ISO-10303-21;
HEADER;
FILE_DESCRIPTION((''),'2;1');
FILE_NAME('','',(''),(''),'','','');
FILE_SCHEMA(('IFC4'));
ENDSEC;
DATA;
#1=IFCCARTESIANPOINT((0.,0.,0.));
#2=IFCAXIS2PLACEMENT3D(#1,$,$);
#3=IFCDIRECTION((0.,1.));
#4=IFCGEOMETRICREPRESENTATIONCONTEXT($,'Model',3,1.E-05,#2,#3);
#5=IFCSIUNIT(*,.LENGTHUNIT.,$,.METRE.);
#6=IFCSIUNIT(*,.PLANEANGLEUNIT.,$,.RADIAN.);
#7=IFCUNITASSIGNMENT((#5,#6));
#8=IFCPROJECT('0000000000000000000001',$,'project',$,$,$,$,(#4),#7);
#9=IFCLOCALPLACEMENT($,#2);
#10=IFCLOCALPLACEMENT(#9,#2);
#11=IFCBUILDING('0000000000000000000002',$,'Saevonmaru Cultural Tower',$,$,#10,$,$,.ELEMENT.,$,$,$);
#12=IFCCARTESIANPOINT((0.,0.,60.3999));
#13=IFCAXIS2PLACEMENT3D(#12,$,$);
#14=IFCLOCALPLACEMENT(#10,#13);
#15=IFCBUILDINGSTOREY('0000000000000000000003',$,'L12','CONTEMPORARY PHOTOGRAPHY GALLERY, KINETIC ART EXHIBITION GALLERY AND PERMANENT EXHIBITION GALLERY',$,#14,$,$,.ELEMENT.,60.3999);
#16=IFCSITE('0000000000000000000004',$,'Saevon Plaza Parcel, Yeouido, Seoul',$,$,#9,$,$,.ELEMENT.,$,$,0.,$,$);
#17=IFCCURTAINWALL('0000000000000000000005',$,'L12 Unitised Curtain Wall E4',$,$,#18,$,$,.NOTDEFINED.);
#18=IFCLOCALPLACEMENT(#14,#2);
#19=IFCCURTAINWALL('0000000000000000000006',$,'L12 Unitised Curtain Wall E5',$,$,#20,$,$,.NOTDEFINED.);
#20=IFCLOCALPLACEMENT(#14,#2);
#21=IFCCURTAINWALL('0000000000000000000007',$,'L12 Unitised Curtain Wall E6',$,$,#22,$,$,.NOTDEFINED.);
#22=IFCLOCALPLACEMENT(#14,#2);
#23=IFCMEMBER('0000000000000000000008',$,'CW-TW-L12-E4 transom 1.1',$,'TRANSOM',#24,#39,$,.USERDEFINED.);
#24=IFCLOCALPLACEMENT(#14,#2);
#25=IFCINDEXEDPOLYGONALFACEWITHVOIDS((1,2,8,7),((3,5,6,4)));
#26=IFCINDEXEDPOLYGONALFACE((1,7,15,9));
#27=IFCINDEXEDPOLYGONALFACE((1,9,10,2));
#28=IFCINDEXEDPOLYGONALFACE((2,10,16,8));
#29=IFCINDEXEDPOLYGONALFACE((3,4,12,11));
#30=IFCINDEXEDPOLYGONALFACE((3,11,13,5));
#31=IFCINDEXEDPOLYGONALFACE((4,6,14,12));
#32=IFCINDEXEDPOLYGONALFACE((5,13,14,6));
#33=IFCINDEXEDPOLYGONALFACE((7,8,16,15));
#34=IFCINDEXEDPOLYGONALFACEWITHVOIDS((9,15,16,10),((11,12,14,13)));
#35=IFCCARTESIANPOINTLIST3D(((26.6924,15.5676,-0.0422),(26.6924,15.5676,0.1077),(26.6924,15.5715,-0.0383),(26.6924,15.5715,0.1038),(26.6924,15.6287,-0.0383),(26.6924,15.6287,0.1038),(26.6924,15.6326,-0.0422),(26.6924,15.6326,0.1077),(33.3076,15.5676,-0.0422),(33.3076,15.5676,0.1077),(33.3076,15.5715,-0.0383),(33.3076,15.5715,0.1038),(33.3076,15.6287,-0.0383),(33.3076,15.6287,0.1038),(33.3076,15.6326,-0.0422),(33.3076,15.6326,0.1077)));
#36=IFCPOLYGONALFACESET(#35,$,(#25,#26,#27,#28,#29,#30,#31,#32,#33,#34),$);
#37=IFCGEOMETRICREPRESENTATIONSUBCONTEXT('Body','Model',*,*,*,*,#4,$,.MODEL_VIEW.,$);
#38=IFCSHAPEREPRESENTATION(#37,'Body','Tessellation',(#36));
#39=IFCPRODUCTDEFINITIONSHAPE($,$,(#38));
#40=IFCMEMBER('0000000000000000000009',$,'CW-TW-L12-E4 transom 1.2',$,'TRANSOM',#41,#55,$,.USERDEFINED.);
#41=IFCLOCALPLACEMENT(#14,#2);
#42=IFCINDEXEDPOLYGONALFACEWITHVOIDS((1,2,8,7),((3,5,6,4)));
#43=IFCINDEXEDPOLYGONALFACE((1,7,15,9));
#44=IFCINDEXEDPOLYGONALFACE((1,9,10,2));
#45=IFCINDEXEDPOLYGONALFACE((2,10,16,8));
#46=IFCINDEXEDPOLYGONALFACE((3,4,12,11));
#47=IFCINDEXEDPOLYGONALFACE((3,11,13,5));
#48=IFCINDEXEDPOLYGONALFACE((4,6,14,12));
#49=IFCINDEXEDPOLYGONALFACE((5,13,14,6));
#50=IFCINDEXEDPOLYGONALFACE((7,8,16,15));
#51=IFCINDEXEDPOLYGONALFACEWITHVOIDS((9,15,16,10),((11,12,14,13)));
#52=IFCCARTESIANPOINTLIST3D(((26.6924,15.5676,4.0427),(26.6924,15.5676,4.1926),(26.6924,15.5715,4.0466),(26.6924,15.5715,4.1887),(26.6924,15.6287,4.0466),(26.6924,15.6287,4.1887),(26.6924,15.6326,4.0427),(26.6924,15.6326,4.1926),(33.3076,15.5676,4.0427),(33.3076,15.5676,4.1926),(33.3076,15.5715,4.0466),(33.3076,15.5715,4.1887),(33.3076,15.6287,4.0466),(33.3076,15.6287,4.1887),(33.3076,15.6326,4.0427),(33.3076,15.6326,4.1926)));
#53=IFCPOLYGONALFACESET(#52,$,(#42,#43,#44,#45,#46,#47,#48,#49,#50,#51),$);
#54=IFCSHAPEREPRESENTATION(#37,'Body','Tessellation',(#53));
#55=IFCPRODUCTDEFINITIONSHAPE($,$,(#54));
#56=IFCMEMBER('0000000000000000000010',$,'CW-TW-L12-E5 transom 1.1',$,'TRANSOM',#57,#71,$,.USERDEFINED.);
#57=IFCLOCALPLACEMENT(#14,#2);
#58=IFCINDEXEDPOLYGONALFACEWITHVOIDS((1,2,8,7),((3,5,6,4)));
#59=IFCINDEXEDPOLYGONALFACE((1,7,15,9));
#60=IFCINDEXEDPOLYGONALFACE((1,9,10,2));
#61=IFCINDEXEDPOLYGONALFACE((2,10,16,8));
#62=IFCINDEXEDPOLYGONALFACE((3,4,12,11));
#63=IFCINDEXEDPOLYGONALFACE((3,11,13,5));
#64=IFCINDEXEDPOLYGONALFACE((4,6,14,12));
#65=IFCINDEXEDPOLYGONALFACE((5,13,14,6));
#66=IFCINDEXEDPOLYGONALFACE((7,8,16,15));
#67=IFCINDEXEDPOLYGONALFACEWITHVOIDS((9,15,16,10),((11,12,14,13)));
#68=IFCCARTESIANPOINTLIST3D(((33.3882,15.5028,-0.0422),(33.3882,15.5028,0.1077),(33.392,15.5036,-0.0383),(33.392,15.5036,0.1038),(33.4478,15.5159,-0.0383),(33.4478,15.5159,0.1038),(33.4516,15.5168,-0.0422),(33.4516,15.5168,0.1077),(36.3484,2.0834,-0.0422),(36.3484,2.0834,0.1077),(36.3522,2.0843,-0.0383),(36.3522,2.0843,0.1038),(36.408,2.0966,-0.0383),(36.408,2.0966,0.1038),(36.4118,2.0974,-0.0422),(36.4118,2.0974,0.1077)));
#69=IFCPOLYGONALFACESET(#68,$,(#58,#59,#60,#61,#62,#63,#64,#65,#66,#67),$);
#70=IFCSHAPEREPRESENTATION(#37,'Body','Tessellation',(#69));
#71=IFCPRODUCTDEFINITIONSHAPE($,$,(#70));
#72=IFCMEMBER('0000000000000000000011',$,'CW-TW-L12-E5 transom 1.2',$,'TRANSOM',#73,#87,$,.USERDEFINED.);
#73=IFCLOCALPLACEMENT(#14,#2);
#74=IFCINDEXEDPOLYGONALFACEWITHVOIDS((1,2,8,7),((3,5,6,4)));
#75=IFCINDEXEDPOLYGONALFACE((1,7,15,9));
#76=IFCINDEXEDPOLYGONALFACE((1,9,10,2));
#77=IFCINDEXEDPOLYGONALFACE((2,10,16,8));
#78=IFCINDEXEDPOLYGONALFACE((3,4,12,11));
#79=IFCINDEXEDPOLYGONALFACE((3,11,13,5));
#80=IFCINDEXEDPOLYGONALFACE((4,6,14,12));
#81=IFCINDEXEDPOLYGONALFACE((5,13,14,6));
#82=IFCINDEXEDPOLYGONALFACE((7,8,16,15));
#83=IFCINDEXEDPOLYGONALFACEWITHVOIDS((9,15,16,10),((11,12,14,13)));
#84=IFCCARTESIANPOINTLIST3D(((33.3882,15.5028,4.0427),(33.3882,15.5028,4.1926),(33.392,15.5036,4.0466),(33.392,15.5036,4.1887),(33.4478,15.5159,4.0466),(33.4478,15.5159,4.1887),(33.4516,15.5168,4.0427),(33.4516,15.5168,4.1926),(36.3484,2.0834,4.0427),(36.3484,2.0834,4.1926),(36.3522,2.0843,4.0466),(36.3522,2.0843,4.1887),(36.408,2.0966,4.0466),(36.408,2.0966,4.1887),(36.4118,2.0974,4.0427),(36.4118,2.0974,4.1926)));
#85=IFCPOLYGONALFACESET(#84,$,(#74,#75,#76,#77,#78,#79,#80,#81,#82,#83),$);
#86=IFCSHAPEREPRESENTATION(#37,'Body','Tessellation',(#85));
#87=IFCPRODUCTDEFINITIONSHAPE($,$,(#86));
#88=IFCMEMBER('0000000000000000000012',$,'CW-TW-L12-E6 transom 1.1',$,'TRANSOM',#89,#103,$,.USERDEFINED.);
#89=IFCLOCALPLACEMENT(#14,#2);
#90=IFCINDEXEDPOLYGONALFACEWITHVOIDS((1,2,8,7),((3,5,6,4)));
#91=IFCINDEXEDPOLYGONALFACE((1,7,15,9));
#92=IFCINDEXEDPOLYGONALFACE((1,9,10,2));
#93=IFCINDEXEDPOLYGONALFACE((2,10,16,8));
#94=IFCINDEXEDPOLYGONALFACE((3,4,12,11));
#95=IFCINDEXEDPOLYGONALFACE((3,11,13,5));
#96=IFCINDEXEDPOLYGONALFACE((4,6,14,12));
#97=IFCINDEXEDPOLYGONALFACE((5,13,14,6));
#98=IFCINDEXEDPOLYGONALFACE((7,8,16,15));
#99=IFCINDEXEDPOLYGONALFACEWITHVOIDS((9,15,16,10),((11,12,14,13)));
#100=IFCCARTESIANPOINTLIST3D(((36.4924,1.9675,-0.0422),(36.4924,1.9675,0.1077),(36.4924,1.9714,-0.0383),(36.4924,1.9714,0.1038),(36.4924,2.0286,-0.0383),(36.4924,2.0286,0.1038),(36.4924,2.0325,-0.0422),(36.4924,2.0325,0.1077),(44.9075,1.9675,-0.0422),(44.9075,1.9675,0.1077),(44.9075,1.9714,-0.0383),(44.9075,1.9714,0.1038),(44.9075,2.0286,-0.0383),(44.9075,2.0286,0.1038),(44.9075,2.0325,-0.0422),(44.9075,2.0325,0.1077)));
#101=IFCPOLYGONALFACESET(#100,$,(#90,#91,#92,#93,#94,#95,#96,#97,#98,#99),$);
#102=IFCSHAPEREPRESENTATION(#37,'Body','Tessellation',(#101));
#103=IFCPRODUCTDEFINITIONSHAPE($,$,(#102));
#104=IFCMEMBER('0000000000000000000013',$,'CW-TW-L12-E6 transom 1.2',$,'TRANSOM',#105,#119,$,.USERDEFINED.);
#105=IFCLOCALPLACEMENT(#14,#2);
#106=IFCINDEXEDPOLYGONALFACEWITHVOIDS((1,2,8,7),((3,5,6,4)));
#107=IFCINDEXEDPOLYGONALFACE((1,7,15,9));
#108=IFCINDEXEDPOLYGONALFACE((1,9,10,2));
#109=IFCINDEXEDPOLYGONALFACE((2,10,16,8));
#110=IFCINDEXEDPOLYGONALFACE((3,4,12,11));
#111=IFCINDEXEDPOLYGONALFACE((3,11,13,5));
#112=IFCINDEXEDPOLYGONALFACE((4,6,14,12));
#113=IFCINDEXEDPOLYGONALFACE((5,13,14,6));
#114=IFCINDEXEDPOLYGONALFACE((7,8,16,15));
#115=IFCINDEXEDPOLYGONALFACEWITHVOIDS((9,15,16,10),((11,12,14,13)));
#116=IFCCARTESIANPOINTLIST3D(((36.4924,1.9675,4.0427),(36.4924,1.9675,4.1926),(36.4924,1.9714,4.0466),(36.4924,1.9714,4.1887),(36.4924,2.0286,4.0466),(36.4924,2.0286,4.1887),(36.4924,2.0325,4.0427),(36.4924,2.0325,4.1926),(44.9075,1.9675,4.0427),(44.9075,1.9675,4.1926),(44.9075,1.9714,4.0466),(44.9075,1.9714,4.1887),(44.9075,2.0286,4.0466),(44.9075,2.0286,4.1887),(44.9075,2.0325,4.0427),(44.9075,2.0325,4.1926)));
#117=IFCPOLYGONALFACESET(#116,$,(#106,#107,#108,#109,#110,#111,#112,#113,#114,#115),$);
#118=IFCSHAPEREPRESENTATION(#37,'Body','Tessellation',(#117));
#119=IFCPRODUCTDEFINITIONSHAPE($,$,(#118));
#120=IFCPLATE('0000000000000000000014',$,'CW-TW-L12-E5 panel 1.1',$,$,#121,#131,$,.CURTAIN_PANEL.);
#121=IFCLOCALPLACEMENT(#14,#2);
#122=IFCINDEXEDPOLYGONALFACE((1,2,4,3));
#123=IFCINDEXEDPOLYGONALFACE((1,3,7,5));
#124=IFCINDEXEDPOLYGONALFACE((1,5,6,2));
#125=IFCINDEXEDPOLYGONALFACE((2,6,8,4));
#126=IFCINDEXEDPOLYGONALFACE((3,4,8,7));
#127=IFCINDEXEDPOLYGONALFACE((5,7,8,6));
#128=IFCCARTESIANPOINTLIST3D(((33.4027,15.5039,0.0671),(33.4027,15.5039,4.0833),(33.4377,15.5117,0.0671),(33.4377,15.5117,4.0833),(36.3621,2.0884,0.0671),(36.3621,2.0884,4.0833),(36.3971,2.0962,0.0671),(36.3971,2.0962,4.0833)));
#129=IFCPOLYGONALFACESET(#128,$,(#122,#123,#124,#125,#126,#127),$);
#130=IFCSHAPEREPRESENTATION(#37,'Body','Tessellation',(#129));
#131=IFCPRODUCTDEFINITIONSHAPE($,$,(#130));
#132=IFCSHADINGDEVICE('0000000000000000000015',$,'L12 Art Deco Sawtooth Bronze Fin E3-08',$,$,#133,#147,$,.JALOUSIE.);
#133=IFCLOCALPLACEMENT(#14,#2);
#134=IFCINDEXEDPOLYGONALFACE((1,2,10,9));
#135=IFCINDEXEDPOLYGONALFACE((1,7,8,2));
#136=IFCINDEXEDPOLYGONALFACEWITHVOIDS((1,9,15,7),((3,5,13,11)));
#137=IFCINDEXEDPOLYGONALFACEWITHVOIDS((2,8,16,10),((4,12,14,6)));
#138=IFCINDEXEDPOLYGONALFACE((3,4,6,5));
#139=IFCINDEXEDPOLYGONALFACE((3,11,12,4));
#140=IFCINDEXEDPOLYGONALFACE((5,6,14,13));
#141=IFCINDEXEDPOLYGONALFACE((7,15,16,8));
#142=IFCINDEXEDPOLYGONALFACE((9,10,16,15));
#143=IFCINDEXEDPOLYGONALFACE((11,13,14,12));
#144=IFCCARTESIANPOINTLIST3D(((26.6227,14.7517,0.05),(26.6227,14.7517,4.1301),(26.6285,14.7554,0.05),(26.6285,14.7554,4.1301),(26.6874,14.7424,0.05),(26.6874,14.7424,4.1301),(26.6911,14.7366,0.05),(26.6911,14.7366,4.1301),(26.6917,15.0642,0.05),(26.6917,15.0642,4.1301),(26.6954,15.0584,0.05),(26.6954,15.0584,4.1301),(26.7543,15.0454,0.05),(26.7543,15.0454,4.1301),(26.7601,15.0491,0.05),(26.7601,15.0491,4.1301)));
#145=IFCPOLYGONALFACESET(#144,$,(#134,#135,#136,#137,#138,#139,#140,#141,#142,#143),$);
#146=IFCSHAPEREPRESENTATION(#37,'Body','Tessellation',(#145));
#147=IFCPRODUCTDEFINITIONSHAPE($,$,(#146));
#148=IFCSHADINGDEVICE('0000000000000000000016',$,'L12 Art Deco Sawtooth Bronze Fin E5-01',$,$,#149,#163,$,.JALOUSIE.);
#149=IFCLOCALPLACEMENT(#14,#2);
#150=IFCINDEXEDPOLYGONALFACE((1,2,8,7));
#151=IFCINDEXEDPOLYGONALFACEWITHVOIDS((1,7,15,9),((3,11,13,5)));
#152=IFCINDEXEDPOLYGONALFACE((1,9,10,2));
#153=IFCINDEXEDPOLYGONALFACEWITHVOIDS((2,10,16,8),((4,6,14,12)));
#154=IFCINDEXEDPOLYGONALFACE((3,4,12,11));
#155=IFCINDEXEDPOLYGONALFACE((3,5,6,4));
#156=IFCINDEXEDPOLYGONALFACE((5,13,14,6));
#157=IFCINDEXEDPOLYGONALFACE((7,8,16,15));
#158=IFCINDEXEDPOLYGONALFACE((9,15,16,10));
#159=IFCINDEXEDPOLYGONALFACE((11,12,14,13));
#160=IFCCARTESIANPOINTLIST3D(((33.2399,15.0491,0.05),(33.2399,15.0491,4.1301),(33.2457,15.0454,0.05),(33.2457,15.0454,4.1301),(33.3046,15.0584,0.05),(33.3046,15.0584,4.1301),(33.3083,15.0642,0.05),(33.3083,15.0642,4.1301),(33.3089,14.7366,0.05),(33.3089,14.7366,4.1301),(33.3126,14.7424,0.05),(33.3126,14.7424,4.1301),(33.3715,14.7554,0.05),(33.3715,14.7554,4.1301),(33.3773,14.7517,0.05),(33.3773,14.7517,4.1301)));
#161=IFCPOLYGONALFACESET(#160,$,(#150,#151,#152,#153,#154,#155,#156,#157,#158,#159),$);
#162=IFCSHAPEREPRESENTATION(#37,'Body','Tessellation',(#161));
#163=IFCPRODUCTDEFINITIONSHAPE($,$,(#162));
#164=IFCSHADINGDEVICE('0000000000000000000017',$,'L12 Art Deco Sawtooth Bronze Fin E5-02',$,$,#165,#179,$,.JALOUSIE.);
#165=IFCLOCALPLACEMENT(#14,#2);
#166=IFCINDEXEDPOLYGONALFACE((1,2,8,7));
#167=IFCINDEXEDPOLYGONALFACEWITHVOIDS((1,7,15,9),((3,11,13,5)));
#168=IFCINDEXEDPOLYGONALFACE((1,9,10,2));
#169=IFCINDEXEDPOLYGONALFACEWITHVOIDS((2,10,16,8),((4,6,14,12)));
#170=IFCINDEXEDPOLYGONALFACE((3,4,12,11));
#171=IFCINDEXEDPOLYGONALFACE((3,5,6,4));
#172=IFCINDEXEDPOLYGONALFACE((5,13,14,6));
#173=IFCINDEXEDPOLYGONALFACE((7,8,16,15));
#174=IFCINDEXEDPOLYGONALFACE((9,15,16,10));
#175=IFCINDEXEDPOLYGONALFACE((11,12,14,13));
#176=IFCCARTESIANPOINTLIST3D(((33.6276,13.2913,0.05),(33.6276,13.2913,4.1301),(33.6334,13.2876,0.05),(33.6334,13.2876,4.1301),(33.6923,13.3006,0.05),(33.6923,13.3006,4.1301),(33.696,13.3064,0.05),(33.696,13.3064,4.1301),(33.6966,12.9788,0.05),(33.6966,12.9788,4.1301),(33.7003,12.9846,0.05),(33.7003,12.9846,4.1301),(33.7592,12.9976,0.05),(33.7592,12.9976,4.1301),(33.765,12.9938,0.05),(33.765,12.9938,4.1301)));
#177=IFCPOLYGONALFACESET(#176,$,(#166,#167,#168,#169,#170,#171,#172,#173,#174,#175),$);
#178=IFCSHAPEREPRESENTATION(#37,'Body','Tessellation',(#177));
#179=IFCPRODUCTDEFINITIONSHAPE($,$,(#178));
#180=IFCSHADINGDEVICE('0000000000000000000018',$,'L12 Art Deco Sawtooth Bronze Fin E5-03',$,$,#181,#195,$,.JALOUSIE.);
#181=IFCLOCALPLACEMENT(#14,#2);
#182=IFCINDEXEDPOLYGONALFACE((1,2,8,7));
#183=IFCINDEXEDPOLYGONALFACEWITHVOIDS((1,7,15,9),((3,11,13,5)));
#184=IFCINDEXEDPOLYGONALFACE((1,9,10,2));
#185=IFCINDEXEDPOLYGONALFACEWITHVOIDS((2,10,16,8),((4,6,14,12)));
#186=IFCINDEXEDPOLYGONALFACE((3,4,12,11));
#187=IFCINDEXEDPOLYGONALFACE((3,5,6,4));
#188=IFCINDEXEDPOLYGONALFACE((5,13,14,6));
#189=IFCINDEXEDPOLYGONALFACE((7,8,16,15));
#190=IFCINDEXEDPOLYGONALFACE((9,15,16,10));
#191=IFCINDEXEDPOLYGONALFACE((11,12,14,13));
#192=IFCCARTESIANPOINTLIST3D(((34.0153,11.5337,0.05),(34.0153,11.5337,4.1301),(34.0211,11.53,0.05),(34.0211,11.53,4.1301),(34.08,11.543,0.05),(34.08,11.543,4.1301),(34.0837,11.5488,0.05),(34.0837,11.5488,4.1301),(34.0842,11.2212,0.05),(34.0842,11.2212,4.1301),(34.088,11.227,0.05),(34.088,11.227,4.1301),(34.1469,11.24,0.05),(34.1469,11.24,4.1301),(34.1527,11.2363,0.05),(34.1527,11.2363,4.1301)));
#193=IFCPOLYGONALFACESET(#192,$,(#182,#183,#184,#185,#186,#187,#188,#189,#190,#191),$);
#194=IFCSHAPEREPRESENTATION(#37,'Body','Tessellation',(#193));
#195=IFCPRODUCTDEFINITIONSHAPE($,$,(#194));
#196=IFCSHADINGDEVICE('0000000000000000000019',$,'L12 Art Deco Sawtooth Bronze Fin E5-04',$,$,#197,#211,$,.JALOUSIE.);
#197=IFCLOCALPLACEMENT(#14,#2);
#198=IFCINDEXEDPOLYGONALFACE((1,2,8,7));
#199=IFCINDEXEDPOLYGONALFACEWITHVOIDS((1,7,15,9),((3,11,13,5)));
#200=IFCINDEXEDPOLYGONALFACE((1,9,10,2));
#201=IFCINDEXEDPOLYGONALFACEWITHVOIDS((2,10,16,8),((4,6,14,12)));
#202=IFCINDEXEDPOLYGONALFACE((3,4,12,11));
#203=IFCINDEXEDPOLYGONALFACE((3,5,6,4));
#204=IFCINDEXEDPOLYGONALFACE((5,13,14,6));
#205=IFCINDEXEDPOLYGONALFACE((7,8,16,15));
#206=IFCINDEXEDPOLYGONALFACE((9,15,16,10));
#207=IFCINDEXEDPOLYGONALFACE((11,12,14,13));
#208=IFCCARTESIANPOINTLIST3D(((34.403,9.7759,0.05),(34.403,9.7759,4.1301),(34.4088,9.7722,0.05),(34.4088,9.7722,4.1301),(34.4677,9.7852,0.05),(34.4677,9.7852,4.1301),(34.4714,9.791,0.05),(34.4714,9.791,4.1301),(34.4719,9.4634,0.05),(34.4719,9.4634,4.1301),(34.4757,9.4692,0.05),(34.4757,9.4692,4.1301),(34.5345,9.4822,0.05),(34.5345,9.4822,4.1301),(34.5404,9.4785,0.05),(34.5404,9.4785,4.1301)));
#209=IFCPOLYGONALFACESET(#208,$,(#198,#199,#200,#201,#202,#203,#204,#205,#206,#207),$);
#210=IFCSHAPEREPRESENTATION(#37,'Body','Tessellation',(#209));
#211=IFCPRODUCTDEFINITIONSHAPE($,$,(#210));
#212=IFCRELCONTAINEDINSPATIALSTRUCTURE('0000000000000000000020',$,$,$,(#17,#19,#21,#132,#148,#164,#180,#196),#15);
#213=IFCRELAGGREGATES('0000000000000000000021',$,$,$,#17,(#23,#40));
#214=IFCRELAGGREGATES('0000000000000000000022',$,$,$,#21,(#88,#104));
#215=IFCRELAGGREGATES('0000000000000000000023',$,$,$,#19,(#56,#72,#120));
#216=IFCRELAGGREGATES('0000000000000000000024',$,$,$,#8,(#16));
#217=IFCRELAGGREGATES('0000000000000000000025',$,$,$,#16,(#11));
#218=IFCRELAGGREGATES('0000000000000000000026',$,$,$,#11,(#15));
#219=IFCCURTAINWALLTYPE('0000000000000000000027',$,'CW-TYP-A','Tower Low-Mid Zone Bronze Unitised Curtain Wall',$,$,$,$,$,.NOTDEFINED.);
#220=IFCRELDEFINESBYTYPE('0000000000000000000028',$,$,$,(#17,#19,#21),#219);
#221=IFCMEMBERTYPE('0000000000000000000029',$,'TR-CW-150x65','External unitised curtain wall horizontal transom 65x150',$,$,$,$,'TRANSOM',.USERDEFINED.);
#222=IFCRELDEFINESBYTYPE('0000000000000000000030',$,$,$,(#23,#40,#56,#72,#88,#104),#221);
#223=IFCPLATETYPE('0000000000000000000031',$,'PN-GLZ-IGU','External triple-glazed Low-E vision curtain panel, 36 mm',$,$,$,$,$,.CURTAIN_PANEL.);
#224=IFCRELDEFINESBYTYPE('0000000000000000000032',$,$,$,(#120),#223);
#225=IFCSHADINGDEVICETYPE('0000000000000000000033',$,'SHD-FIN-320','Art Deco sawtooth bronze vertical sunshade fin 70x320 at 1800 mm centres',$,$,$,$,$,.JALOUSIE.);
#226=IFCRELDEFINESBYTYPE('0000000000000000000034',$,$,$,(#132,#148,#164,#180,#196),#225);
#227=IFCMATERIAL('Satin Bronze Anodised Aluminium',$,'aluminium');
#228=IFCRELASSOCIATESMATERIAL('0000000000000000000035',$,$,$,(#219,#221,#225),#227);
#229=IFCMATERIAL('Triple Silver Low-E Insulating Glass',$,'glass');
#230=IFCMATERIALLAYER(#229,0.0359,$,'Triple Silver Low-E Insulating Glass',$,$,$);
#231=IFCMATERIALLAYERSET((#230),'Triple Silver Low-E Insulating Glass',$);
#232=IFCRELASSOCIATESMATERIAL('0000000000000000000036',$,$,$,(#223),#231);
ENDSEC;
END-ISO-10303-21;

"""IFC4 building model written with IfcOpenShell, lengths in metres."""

from ifc_helpers import new_model, si_unit, direction, frame, origin, origin_2d, place, context, subcontext, project, spatial, rectangle, hollow_rectangle, extrude, material, layer, layer_set, material_profile, profile_set, type_object, element, aggregate, save


model = new_model("IFC4")

# Units and contexts
model_context = context("Model", 3, precision=1e-05, world=origin(), true_north=direction((0.0, 1.0)))
body_context = subcontext(model_context, "Body", "Model", "MODEL_VIEW")
ifc_project = project(units=[si_unit("LENGTHUNIT", "METRE"), si_unit("PLANEANGLEUNIT", "RADIAN")], contexts=[model_context])

# Site, building, storey
site_placement = place(None, origin())
site = spatial("IfcSite", under=ifc_project, at=site_placement, Name="Saevon Plaza Parcel, Yeouido, Seoul", CompositionType="ELEMENT", RefElevation=0.0)
building_placement = place(site_placement, origin())
building = spatial("IfcBuilding", under=site, at=building_placement, Name="Saevonmaru Cultural Tower", CompositionType="ELEMENT")
storey_placement = place(building_placement, frame((0.0, 0.0, 60.3999)))
storey = spatial("IfcBuildingStorey", under=building, at=storey_placement, Name="L12", Description="CONTEMPORARY PHOTOGRAPHY GALLERY, KINETIC ART EXHIBITION GALLERY AND PERMANENT EXHIBITION GALLERY", CompositionType="ELEMENT", Elevation=60.3999)

# Curtain wall
ifc_material_1 = material(Name="Satin Bronze Anodised Aluminium", Category="aluminium")
curtain_wall_type = type_object("IfcCurtainWallType", Name="CW-TYP-A", Description="Tower Low-Mid Zone Bronze Unitised Curtain Wall", PredefinedType="NOTDEFINED", material=ifc_material_1)
curtain_wall_1_placement = place(storey_placement, origin())
curtain_wall_1 = element("IfcCurtainWall", 1, at=curtain_wall_1_placement, inside=storey, type_object=curtain_wall_type, Name="L12 Unitised Curtain Wall E4", PredefinedType="NOTDEFINED")

# Curtain wall
curtain_wall_2_placement = place(storey_placement, origin())
curtain_wall_2 = element("IfcCurtainWall", 2, at=curtain_wall_2_placement, inside=storey, type_object=curtain_wall_type, Name="L12 Unitised Curtain Wall E5", PredefinedType="NOTDEFINED")

# Curtain wall
curtain_wall_3_placement = place(storey_placement, origin())
curtain_wall_3 = element("IfcCurtainWall", 3, at=curtain_wall_3_placement, inside=storey, type_object=curtain_wall_type, Name="L12 Unitised Curtain Wall E6", PredefinedType="NOTDEFINED")

# Members
ifc_material_profile_1 = material_profile(ifc_material_1, hollow_rectangle(XDim=0.0649, YDim=0.1499, WallThickness=0.0039, at=origin_2d()), Name="ALU-TRAN-150x65x4")
ifc_profile_set_1 = profile_set([ifc_material_profile_1], Name="Satin Bronze Anodised Aluminium")
member_type_1 = type_object("IfcMemberType", Name="TR-CW-150x65", Description="External unitised curtain wall horizontal transom 65x150", ElementType="TRANSOM", PredefinedType="USERDEFINED", material=ifc_profile_set_1)
member_1_placement = place(storey_placement, frame((26.6924, 15.6001, 0.0327), z_axis=(1.0, 0.0, 0.0), x_axis=(0.0, 1.0, 0.0)))
member_1 = element("IfcMember", 4, at=member_1_placement, type_object=member_type_1, Name="CW-TW-L12-E4 transom 1.1", ObjectType="TRANSOM", PredefinedType="USERDEFINED", context=body_context, shape_type="SweptSolid", body=[
    extrude(hollow_rectangle(XDim=0.0649, YDim=0.1499, WallThickness=0.0039, at=origin_2d()), origin(), (0.0, 0.0, 1.0), 6.6152),
])
member_2_placement = place(storey_placement, frame((26.6924, 15.6001, 4.1177), z_axis=(1.0, 0.0, 0.0), x_axis=(0.0, 1.0, 0.0)))
member_2 = element("IfcMember", 5, at=member_2_placement, type_object=member_type_1, Name="CW-TW-L12-E4 transom 1.2", ObjectType="TRANSOM", PredefinedType="USERDEFINED", context=body_context, shape_type="SweptSolid", body=[
    extrude(hollow_rectangle(XDim=0.0649, YDim=0.1499, WallThickness=0.0039, at=origin_2d()), origin(), (0.0, 0.0, 1.0), 6.6152),
])
aggregate(curtain_wall_1, [member_1, member_2])
member_3_placement = place(storey_placement, frame((33.4199, 15.5098, 0.0327), z_axis=(0.215412, -0.976523, 0.0), x_axis=(0.976523, 0.215412, 0.0)))
member_3 = element("IfcMember", 6, at=member_3_placement, type_object=member_type_1, Name="CW-TW-L12-E5 transom 1.1", ObjectType="TRANSOM", PredefinedType="USERDEFINED", context=body_context, shape_type="SweptSolid", body=[
    extrude(hollow_rectangle(XDim=0.0649, YDim=0.1499, WallThickness=0.0039, at=origin_2d()), origin(), (0.0, 0.0, 1.0), 13.7419),
])
member_4_placement = place(storey_placement, frame((33.4199, 15.5098, 4.1177), z_axis=(0.215412, -0.976523, 0.0), x_axis=(0.976523, 0.215412, 0.0)))
member_4 = element("IfcMember", 7, at=member_4_placement, type_object=member_type_1, Name="CW-TW-L12-E5 transom 1.2", ObjectType="TRANSOM", PredefinedType="USERDEFINED", context=body_context, shape_type="SweptSolid", body=[
    extrude(hollow_rectangle(XDim=0.0649, YDim=0.1499, WallThickness=0.0039, at=origin_2d()), origin(), (0.0, 0.0, 1.0), 13.7419),
])
member_5_placement = place(storey_placement, frame((36.4924, 2.0, 0.0327), z_axis=(1.0, 0.0, 0.0), x_axis=(0.0, 1.0, 0.0)))
member_5 = element("IfcMember", 8, at=member_5_placement, type_object=member_type_1, Name="CW-TW-L12-E6 transom 1.1", ObjectType="TRANSOM", PredefinedType="USERDEFINED", context=body_context, shape_type="SweptSolid", body=[
    extrude(hollow_rectangle(XDim=0.0649, YDim=0.1499, WallThickness=0.0039, at=origin_2d()), origin(), (0.0, 0.0, 1.0), 8.415),
])
member_6_placement = place(storey_placement, frame((36.4924, 2.0, 4.1177), z_axis=(1.0, 0.0, 0.0), x_axis=(0.0, 1.0, 0.0)))
member_6 = element("IfcMember", 9, at=member_6_placement, type_object=member_type_1, Name="CW-TW-L12-E6 transom 1.2", ObjectType="TRANSOM", PredefinedType="USERDEFINED", context=body_context, shape_type="SweptSolid", body=[
    extrude(hollow_rectangle(XDim=0.0649, YDim=0.1499, WallThickness=0.0039, at=origin_2d()), origin(), (0.0, 0.0, 1.0), 8.415),
])
aggregate(curtain_wall_3, [member_5, member_6])

# Plate
ifc_material_2 = material(Name="Triple Silver Low-E Insulating Glass", Category="glass")
ifc_layer_1 = layer(ifc_material_2, 0.0359, Name="Triple Silver Low-E Insulating Glass")
ifc_layer_set_1 = layer_set([ifc_layer_1], Name="Triple Silver Low-E Insulating Glass")
plate_type = type_object("IfcPlateType", Name="PN-GLZ-IGU", Description="External triple-glazed Low-E vision curtain panel, 36 mm", PredefinedType="CURTAIN_PANEL", material=ifc_layer_set_1)
plate_placement = place(storey_placement, frame((34.8999, 8.8, 0.0671), z_axis=(0.0, 0.0, 1.0), x_axis=(0.215413, -0.976523, 0.0)))
plate = element("IfcPlate", 10, at=plate_placement, type_object=plate_type, Name="CW-TW-L12-E5 panel 1.1", PredefinedType="CURTAIN_PANEL", context=body_context, shape_type="SweptSolid", body=[
    extrude(rectangle(XDim=13.738, YDim=0.0359, at=origin_2d()), origin(), (0.0, 0.0, 1.0), 4.0161),
])
aggregate(curtain_wall_2, [member_3, member_4, plate])

# Shading devices
ifc_material_profile_2 = material_profile(ifc_material_1, hollow_rectangle(XDim=0.0701, YDim=0.3201, WallThickness=0.0049, at=origin_2d()), Name="FIN-320x70")
ifc_profile_set_2 = profile_set([ifc_material_profile_2], Name="Satin Bronze Anodised Aluminium")
shading_device_type = type_object("IfcShadingDeviceType", Name="SHD-FIN-320", Description="Art Deco sawtooth bronze vertical sunshade fin 70x320 at 1800 mm centres", PredefinedType="JALOUSIE", material=ifc_profile_set_2)
for number, where, z_axis, x_axis, name in (
    (11, (26.6914, 14.9004, 0.05), (0.0, 0.0, 1.0), (0.976522, -0.215417, 0.0), "L12 Art Deco Sawtooth Bronze Fin E3-08"),
    (12, (33.3086, 14.9004, 0.05), (0.0, 0.0, 1.0), (-0.976522, -0.215417, 0.0), "L12 Art Deco Sawtooth Bronze Fin E5-01"),
    (13, (33.6963, 13.1426, 0.05), (0.0, 0.0, 1.0), (-0.976522, -0.215417, 0.0), "L12 Art Deco Sawtooth Bronze Fin E5-02"),
    (14, (34.084, 11.385, 0.05), (0.0, 0.0, 1.0), (-0.976522, -0.215417, 0.0), "L12 Art Deco Sawtooth Bronze Fin E5-03"),
    (15, (34.4717, 9.6272, 0.05), (0.0, 0.0, 1.0), (-0.976522, -0.215417, 0.0), "L12 Art Deco Sawtooth Bronze Fin E5-04"),
):
    element("IfcShadingDevice", number, at=place(storey_placement, frame(where, z_axis=z_axis, x_axis=x_axis)), inside=storey, type_object=shading_device_type, Name=name, PredefinedType="JALOUSIE", context=body_context, shape_type="SweptSolid", body=[
        extrude(hollow_rectangle(XDim=0.0701, YDim=0.3201, WallThickness=0.0049, at=origin_2d()), origin(), (0.0, 0.0, 1.0), 4.0801),
    ])

save(model, "model.ifc")
